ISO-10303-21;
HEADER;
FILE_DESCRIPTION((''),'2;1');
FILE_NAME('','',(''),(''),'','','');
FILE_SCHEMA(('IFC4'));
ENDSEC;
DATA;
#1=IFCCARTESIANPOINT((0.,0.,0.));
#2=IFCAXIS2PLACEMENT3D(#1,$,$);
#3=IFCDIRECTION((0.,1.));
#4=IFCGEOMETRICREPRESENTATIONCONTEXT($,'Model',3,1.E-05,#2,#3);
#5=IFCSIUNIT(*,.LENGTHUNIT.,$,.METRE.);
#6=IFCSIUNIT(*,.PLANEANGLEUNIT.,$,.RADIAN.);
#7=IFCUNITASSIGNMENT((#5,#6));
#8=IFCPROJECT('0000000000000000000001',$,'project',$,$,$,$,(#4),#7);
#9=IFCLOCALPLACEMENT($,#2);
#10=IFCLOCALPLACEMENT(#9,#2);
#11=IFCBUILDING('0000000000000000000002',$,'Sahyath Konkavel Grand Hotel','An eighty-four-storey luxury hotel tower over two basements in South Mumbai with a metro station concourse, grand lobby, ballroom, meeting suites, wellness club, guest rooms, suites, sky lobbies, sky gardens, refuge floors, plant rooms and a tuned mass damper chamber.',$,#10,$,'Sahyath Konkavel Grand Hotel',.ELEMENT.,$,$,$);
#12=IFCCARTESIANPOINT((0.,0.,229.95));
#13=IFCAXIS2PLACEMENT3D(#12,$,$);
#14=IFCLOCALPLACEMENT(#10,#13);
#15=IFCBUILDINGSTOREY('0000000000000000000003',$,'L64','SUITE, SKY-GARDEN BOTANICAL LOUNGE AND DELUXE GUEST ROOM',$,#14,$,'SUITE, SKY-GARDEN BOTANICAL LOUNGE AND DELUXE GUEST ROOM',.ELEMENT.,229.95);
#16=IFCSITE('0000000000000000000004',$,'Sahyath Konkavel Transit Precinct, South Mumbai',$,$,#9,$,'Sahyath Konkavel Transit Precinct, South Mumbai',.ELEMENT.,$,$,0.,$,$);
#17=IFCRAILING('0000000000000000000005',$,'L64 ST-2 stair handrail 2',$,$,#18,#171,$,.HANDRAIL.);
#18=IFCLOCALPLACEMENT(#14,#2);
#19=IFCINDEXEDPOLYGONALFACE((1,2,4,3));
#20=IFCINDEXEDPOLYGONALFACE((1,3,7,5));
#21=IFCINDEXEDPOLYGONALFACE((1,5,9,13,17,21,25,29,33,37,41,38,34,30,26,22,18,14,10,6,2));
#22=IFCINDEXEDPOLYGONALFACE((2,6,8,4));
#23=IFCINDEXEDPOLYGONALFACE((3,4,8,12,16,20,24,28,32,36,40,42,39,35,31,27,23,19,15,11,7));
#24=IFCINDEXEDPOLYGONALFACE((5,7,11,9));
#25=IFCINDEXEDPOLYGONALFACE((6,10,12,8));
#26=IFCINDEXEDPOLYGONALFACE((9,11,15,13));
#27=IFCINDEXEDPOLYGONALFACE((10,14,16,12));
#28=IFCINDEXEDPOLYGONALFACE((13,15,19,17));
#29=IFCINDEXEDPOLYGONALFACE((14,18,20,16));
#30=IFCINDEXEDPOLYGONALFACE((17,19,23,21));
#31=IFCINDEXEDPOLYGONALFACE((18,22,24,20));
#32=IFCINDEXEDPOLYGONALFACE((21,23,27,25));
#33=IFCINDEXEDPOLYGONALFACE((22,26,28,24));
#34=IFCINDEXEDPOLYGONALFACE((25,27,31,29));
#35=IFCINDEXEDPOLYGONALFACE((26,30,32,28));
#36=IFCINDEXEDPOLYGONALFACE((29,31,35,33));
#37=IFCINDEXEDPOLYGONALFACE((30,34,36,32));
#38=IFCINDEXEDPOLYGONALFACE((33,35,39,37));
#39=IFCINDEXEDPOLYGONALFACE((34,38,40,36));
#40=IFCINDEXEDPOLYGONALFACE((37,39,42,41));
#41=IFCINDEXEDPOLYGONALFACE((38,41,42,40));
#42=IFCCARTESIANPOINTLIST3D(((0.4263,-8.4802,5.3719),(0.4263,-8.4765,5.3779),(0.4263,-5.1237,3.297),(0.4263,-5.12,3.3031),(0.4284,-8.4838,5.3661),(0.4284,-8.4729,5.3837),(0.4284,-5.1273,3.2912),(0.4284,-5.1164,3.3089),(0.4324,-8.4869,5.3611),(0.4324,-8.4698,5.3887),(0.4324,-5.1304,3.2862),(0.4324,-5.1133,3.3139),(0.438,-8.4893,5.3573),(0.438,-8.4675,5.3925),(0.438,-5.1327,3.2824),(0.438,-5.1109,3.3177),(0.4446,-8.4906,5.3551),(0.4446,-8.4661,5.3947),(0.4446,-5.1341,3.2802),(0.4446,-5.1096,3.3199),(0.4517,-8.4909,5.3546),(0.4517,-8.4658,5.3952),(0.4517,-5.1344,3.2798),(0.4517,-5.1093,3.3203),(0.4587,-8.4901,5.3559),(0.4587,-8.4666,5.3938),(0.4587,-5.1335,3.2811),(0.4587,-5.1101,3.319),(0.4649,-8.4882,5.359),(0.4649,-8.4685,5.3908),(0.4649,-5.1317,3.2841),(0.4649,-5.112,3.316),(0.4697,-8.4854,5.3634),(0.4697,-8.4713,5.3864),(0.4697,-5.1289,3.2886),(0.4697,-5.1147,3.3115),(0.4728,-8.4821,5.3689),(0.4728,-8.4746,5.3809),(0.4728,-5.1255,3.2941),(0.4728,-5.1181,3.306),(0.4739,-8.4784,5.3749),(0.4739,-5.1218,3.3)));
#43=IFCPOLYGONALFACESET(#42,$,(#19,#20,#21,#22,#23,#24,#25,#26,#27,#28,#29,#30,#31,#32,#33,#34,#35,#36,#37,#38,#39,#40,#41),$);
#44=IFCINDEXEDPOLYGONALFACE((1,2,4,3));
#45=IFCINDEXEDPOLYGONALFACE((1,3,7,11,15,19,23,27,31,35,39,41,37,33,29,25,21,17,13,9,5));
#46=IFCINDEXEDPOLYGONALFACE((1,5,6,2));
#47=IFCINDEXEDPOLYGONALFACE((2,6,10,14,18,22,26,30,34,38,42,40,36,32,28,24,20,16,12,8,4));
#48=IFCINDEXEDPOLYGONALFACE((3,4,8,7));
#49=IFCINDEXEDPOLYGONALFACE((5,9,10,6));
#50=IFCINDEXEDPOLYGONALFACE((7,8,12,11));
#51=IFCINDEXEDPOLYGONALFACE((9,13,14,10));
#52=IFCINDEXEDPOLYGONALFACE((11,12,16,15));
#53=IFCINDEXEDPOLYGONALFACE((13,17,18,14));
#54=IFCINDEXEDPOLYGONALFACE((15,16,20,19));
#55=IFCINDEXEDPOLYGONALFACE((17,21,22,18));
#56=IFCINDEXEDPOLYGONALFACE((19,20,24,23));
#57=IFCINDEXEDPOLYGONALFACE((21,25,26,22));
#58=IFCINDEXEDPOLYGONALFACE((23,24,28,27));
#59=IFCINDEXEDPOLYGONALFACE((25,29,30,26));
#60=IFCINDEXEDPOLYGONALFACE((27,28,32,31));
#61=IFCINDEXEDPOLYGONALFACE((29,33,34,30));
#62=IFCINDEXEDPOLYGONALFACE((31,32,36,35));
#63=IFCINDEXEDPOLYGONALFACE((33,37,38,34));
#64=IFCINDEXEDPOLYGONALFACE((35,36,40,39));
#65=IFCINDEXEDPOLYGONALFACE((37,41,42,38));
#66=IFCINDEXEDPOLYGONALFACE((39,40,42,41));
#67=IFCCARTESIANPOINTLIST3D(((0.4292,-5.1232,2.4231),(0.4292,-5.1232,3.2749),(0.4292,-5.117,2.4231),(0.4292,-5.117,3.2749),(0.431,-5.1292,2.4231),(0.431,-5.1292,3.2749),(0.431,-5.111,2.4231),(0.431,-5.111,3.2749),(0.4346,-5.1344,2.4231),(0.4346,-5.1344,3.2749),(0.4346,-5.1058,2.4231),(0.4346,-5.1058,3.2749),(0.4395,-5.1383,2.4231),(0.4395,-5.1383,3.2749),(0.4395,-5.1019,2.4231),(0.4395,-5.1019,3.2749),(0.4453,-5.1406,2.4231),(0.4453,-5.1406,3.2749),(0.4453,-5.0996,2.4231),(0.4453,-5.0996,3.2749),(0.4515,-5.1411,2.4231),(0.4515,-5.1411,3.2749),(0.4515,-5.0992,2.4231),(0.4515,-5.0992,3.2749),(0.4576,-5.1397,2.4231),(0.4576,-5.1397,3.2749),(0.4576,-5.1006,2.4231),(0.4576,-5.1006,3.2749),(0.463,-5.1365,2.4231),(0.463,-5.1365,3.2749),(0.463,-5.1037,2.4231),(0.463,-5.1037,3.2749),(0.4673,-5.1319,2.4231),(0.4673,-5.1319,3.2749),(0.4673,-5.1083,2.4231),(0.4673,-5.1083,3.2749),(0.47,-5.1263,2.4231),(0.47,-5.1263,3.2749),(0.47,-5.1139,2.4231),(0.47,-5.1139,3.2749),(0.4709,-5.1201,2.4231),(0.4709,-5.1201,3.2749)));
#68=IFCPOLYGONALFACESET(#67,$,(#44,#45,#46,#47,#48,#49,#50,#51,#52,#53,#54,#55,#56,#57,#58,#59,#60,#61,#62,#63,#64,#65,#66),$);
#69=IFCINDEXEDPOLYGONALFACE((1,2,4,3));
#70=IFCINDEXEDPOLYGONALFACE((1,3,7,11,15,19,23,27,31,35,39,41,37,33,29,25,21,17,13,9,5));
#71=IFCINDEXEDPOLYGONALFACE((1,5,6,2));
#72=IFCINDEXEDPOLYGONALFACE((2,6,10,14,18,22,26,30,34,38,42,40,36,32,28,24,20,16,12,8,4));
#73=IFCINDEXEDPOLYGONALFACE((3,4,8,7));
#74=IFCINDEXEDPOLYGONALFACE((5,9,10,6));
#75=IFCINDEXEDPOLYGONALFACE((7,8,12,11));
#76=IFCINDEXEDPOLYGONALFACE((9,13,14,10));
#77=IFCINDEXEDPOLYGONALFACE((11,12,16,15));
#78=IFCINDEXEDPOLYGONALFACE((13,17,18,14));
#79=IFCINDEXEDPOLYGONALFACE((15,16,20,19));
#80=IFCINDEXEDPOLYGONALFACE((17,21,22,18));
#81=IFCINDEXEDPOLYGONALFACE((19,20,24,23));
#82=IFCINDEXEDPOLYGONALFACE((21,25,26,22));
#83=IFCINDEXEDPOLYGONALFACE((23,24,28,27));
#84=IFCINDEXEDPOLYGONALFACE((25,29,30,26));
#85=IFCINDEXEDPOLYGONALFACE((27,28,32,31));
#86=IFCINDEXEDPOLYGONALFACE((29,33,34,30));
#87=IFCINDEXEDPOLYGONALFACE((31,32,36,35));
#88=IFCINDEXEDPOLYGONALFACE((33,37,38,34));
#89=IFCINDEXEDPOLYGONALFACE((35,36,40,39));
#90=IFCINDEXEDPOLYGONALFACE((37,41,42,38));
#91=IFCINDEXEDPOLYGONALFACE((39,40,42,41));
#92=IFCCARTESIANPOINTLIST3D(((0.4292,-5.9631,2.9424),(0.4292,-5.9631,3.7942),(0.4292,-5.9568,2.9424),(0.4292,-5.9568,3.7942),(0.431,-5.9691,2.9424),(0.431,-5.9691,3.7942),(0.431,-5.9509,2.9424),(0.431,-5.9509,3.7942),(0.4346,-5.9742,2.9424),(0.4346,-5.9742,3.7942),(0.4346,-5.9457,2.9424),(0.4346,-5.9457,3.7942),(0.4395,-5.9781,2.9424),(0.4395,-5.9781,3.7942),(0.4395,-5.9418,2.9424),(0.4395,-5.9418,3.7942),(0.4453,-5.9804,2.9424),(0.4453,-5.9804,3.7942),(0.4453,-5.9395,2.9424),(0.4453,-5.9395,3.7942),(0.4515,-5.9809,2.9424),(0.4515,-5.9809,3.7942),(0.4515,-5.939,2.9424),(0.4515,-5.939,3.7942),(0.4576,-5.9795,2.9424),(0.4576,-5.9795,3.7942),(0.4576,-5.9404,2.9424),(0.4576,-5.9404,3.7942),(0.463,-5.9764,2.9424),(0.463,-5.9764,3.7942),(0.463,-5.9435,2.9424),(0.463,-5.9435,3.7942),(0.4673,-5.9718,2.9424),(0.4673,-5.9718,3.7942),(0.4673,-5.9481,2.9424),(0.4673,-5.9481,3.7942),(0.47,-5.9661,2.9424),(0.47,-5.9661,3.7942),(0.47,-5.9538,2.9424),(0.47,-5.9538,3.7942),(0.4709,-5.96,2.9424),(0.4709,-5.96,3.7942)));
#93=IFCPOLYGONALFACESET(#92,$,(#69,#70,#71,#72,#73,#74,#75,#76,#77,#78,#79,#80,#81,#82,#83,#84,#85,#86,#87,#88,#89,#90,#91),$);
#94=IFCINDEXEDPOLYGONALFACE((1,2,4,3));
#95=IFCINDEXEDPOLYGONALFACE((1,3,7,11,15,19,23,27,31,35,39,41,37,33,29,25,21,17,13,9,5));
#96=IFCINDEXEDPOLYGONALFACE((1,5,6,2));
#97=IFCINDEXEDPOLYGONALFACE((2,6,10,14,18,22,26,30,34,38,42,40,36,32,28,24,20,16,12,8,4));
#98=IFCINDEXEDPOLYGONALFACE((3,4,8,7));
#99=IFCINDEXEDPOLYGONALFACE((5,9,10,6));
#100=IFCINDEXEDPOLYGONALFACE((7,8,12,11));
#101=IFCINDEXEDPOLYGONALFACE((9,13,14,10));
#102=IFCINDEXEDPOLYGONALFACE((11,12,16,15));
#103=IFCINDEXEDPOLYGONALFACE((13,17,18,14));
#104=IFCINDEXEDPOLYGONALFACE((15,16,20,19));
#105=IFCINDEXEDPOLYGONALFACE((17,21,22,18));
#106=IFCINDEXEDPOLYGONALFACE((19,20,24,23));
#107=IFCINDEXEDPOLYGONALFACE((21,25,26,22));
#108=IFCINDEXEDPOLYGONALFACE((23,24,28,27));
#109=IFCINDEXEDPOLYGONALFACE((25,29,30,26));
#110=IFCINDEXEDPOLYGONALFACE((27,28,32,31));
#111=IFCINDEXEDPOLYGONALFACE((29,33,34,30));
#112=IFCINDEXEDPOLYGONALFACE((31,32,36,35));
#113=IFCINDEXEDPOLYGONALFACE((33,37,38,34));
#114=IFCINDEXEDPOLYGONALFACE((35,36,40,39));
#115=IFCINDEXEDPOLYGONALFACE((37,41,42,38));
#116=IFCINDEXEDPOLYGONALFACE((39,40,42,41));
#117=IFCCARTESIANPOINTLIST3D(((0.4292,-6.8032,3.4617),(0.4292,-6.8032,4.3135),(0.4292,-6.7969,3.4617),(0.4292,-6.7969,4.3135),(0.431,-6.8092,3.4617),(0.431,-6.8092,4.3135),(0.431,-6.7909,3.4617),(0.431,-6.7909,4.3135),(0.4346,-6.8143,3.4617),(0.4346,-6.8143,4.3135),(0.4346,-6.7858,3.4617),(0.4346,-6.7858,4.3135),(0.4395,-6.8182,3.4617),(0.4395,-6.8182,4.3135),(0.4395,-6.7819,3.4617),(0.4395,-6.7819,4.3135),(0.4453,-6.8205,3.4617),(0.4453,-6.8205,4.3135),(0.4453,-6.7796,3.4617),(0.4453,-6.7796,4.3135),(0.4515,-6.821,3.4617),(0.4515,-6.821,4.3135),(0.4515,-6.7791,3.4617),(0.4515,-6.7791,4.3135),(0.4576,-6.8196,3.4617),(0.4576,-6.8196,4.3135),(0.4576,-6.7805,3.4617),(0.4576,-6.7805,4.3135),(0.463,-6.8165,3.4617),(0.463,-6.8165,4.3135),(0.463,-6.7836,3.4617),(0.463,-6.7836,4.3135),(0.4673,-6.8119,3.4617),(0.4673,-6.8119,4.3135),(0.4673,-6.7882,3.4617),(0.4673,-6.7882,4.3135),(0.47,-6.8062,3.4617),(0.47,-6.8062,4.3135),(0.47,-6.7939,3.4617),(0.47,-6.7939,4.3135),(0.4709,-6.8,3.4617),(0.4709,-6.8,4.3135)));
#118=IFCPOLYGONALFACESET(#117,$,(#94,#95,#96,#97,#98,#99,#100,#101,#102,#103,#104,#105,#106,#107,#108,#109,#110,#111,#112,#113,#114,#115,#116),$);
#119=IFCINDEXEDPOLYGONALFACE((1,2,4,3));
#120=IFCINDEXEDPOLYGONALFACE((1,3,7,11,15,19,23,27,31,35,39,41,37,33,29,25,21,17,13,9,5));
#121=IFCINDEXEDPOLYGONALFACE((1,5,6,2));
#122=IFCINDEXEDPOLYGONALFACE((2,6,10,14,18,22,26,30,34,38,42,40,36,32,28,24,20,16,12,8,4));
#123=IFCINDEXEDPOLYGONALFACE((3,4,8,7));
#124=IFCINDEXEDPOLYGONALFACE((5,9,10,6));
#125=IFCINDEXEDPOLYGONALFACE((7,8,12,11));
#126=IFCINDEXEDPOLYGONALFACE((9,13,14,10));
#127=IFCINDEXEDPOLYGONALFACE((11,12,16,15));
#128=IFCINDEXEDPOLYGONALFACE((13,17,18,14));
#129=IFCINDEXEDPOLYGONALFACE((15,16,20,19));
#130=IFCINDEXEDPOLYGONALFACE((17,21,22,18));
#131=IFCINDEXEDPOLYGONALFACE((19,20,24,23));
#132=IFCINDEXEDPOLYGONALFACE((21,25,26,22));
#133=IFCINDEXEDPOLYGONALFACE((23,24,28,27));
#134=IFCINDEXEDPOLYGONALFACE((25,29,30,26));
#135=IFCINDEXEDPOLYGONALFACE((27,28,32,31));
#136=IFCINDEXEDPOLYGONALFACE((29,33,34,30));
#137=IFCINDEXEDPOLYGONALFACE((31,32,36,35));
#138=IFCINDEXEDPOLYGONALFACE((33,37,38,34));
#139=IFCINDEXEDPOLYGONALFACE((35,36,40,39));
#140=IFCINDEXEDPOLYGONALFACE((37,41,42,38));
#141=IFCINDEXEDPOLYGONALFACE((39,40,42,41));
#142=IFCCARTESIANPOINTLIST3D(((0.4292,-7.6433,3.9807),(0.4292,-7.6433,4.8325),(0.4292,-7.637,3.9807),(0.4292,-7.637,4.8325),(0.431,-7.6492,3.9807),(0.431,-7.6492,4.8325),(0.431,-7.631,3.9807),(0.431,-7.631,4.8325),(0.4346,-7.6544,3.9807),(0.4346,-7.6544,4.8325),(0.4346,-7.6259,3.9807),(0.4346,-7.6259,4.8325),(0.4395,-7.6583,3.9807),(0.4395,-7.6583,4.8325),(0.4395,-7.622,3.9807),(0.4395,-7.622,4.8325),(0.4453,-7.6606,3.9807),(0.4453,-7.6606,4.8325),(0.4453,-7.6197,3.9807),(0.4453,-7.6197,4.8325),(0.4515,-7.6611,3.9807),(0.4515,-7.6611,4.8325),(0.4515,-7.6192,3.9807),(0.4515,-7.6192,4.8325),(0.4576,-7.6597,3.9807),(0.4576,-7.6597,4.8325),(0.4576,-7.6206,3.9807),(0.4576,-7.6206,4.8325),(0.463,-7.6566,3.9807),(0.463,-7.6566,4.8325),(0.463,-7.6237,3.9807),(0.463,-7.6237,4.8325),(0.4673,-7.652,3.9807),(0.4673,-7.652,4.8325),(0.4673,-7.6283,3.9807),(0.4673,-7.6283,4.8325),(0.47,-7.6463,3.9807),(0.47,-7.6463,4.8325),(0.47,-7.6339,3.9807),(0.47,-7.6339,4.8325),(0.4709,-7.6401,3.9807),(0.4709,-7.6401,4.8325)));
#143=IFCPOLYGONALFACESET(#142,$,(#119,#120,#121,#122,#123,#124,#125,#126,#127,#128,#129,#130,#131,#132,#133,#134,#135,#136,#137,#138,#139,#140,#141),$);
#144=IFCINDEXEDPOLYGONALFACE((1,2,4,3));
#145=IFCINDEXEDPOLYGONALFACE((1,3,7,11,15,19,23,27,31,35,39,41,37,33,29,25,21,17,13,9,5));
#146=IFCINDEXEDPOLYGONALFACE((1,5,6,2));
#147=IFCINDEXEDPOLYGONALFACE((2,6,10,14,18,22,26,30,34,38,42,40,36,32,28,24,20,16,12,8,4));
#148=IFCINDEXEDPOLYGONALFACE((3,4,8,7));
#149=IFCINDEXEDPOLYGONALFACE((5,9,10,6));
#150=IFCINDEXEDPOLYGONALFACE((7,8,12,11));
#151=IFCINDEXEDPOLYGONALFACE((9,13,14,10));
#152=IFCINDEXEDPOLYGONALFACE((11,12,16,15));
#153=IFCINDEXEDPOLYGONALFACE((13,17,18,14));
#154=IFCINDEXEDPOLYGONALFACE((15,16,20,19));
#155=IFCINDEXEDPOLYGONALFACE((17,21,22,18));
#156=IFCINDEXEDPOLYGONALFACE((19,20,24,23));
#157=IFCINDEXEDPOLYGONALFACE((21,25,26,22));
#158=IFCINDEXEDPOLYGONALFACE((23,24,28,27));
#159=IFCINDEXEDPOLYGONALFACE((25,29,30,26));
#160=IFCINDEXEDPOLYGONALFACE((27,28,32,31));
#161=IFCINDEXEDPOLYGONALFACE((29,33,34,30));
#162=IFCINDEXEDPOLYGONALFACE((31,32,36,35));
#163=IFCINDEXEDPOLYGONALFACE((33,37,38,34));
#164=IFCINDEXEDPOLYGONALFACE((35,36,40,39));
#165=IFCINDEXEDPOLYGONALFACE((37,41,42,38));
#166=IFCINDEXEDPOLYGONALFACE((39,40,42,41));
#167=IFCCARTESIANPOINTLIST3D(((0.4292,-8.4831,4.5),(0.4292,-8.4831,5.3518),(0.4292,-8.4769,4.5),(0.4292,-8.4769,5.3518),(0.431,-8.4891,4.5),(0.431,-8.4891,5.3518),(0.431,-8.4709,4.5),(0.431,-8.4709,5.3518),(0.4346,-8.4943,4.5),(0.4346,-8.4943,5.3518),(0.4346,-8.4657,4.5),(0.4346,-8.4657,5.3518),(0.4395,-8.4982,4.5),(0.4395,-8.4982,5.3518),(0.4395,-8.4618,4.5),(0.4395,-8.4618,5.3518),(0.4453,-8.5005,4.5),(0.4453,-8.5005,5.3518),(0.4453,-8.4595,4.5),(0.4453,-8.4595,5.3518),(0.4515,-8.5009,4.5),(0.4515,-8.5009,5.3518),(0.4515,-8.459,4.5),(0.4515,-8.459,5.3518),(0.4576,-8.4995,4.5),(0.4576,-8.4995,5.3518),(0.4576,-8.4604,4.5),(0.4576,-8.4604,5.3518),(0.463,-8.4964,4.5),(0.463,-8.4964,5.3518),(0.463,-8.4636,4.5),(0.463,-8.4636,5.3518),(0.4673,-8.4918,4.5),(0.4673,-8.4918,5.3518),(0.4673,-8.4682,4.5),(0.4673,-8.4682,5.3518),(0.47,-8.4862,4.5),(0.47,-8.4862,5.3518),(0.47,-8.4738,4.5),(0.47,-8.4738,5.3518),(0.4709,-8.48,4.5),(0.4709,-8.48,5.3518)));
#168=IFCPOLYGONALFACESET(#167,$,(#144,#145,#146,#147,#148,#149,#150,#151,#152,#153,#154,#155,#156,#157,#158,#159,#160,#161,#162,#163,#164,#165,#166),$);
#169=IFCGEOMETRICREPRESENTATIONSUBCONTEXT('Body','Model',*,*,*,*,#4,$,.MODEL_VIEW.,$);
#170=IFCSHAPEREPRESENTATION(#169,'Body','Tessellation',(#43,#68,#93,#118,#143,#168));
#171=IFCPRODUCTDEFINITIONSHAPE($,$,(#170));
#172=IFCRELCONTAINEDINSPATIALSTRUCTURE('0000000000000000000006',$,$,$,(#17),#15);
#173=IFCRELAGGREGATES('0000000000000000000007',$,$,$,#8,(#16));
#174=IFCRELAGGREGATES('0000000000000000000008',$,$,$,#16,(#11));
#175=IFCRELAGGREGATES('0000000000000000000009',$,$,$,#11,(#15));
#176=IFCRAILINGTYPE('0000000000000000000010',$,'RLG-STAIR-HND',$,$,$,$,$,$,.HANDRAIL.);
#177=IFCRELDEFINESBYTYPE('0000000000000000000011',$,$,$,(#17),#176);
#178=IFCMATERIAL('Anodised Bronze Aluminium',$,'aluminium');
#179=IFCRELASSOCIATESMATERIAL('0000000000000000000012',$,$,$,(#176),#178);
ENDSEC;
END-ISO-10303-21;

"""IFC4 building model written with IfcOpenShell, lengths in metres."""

from ifc_helpers import new_model, si_unit, direction, frame, origin, origin_2d, place, context, subcontext, project, spatial, circle, extrude, material, type_object, element, save


model = new_model("IFC4")

# Units and contexts
model_context = context("Model", 3, precision=1e-05, world=origin(), true_north=direction((0.0, 1.0)))
body_context = subcontext(model_context, "Body", "Model", "MODEL_VIEW")
ifc_project = project(units=[si_unit("LENGTHUNIT", "METRE"), si_unit("PLANEANGLEUNIT", "RADIAN")], contexts=[model_context])

# Site, building, storey
site_placement = place(None, origin())
site = spatial("IfcSite", under=ifc_project, at=site_placement, Name="Sahyath Konkavel Transit Precinct, South Mumbai", LongName="Sahyath Konkavel Transit Precinct, South Mumbai", CompositionType="ELEMENT", RefElevation=0.0)
building_placement = place(site_placement, origin())
building = spatial("IfcBuilding", under=site, at=building_placement, Name="Sahyath Konkavel Grand Hotel", Description="An eighty-four-storey luxury hotel tower over two basements in South Mumbai with a metro station concourse, grand lobby, ballroom, meeting suites, wellness club, guest rooms, suites, sky lobbies, sky gardens, refuge floors, plant rooms and a tuned mass damper chamber.", LongName="Sahyath Konkavel Grand Hotel", CompositionType="ELEMENT")
storey_placement = place(building_placement, frame((0.0, 0.0, 229.95)))
storey = spatial("IfcBuildingStorey", under=building, at=storey_placement, Name="L64", Description="SUITE, SKY-GARDEN BOTANICAL LOUNGE AND DELUXE GUEST ROOM", LongName="SUITE, SKY-GARDEN BOTANICAL LOUNGE AND DELUXE GUEST ROOM", CompositionType="ELEMENT", Elevation=229.95)

# Shared definitions
ifc_material_1 = material(Name="Anodised Bronze Aluminium", Category="aluminium")

# Railing
railing_type_1 = type_object("IfcRailingType", Name="RLG-STAIR-HND", PredefinedType="HANDRAIL", material=ifc_material_1)
railing_1_placement = place(storey_placement, frame((0.45, -5.1201, 2.4231)))
element("IfcRailing", 1, at=railing_1_placement, inside=storey, type_object=railing_type_1, Name="L64 ST-2 stair handrail 2", PredefinedType="HANDRAIL", context=body_context, shape_type="SweptSolid", body=[
    extrude(circle(Radius=0.0239, at=origin_2d()), frame((0.0, -0.0017, 0.877), z_axis=(0.0, -0.850606, 0.525803), x_axis=(1.0, 0.0, 0.0)), (0.0, 0.0, 1.0), 3.946),
    extrude(circle(Radius=0.021, at=origin_2d()), origin(), (0.0, 0.0, 1.0), 0.8518),
    extrude(circle(Radius=0.021, at=origin_2d()), frame((0.0, -0.8398, 0.5193)), (0.0, 0.0, 1.0), 0.8518),
    extrude(circle(Radius=0.021, at=origin_2d()), frame((0.0, -1.6799, 1.0386)), (0.0, 0.0, 1.0), 0.8518),
    extrude(circle(Radius=0.021, at=origin_2d()), frame((0.0, -2.52, 1.5576)), (0.0, 0.0, 1.0), 0.8518),
    extrude(circle(Radius=0.021, at=origin_2d()), frame((0.0, -3.3599, 2.0769)), (0.0, 0.0, 1.0), 0.8518),
])

save(model, "model.ifc")
